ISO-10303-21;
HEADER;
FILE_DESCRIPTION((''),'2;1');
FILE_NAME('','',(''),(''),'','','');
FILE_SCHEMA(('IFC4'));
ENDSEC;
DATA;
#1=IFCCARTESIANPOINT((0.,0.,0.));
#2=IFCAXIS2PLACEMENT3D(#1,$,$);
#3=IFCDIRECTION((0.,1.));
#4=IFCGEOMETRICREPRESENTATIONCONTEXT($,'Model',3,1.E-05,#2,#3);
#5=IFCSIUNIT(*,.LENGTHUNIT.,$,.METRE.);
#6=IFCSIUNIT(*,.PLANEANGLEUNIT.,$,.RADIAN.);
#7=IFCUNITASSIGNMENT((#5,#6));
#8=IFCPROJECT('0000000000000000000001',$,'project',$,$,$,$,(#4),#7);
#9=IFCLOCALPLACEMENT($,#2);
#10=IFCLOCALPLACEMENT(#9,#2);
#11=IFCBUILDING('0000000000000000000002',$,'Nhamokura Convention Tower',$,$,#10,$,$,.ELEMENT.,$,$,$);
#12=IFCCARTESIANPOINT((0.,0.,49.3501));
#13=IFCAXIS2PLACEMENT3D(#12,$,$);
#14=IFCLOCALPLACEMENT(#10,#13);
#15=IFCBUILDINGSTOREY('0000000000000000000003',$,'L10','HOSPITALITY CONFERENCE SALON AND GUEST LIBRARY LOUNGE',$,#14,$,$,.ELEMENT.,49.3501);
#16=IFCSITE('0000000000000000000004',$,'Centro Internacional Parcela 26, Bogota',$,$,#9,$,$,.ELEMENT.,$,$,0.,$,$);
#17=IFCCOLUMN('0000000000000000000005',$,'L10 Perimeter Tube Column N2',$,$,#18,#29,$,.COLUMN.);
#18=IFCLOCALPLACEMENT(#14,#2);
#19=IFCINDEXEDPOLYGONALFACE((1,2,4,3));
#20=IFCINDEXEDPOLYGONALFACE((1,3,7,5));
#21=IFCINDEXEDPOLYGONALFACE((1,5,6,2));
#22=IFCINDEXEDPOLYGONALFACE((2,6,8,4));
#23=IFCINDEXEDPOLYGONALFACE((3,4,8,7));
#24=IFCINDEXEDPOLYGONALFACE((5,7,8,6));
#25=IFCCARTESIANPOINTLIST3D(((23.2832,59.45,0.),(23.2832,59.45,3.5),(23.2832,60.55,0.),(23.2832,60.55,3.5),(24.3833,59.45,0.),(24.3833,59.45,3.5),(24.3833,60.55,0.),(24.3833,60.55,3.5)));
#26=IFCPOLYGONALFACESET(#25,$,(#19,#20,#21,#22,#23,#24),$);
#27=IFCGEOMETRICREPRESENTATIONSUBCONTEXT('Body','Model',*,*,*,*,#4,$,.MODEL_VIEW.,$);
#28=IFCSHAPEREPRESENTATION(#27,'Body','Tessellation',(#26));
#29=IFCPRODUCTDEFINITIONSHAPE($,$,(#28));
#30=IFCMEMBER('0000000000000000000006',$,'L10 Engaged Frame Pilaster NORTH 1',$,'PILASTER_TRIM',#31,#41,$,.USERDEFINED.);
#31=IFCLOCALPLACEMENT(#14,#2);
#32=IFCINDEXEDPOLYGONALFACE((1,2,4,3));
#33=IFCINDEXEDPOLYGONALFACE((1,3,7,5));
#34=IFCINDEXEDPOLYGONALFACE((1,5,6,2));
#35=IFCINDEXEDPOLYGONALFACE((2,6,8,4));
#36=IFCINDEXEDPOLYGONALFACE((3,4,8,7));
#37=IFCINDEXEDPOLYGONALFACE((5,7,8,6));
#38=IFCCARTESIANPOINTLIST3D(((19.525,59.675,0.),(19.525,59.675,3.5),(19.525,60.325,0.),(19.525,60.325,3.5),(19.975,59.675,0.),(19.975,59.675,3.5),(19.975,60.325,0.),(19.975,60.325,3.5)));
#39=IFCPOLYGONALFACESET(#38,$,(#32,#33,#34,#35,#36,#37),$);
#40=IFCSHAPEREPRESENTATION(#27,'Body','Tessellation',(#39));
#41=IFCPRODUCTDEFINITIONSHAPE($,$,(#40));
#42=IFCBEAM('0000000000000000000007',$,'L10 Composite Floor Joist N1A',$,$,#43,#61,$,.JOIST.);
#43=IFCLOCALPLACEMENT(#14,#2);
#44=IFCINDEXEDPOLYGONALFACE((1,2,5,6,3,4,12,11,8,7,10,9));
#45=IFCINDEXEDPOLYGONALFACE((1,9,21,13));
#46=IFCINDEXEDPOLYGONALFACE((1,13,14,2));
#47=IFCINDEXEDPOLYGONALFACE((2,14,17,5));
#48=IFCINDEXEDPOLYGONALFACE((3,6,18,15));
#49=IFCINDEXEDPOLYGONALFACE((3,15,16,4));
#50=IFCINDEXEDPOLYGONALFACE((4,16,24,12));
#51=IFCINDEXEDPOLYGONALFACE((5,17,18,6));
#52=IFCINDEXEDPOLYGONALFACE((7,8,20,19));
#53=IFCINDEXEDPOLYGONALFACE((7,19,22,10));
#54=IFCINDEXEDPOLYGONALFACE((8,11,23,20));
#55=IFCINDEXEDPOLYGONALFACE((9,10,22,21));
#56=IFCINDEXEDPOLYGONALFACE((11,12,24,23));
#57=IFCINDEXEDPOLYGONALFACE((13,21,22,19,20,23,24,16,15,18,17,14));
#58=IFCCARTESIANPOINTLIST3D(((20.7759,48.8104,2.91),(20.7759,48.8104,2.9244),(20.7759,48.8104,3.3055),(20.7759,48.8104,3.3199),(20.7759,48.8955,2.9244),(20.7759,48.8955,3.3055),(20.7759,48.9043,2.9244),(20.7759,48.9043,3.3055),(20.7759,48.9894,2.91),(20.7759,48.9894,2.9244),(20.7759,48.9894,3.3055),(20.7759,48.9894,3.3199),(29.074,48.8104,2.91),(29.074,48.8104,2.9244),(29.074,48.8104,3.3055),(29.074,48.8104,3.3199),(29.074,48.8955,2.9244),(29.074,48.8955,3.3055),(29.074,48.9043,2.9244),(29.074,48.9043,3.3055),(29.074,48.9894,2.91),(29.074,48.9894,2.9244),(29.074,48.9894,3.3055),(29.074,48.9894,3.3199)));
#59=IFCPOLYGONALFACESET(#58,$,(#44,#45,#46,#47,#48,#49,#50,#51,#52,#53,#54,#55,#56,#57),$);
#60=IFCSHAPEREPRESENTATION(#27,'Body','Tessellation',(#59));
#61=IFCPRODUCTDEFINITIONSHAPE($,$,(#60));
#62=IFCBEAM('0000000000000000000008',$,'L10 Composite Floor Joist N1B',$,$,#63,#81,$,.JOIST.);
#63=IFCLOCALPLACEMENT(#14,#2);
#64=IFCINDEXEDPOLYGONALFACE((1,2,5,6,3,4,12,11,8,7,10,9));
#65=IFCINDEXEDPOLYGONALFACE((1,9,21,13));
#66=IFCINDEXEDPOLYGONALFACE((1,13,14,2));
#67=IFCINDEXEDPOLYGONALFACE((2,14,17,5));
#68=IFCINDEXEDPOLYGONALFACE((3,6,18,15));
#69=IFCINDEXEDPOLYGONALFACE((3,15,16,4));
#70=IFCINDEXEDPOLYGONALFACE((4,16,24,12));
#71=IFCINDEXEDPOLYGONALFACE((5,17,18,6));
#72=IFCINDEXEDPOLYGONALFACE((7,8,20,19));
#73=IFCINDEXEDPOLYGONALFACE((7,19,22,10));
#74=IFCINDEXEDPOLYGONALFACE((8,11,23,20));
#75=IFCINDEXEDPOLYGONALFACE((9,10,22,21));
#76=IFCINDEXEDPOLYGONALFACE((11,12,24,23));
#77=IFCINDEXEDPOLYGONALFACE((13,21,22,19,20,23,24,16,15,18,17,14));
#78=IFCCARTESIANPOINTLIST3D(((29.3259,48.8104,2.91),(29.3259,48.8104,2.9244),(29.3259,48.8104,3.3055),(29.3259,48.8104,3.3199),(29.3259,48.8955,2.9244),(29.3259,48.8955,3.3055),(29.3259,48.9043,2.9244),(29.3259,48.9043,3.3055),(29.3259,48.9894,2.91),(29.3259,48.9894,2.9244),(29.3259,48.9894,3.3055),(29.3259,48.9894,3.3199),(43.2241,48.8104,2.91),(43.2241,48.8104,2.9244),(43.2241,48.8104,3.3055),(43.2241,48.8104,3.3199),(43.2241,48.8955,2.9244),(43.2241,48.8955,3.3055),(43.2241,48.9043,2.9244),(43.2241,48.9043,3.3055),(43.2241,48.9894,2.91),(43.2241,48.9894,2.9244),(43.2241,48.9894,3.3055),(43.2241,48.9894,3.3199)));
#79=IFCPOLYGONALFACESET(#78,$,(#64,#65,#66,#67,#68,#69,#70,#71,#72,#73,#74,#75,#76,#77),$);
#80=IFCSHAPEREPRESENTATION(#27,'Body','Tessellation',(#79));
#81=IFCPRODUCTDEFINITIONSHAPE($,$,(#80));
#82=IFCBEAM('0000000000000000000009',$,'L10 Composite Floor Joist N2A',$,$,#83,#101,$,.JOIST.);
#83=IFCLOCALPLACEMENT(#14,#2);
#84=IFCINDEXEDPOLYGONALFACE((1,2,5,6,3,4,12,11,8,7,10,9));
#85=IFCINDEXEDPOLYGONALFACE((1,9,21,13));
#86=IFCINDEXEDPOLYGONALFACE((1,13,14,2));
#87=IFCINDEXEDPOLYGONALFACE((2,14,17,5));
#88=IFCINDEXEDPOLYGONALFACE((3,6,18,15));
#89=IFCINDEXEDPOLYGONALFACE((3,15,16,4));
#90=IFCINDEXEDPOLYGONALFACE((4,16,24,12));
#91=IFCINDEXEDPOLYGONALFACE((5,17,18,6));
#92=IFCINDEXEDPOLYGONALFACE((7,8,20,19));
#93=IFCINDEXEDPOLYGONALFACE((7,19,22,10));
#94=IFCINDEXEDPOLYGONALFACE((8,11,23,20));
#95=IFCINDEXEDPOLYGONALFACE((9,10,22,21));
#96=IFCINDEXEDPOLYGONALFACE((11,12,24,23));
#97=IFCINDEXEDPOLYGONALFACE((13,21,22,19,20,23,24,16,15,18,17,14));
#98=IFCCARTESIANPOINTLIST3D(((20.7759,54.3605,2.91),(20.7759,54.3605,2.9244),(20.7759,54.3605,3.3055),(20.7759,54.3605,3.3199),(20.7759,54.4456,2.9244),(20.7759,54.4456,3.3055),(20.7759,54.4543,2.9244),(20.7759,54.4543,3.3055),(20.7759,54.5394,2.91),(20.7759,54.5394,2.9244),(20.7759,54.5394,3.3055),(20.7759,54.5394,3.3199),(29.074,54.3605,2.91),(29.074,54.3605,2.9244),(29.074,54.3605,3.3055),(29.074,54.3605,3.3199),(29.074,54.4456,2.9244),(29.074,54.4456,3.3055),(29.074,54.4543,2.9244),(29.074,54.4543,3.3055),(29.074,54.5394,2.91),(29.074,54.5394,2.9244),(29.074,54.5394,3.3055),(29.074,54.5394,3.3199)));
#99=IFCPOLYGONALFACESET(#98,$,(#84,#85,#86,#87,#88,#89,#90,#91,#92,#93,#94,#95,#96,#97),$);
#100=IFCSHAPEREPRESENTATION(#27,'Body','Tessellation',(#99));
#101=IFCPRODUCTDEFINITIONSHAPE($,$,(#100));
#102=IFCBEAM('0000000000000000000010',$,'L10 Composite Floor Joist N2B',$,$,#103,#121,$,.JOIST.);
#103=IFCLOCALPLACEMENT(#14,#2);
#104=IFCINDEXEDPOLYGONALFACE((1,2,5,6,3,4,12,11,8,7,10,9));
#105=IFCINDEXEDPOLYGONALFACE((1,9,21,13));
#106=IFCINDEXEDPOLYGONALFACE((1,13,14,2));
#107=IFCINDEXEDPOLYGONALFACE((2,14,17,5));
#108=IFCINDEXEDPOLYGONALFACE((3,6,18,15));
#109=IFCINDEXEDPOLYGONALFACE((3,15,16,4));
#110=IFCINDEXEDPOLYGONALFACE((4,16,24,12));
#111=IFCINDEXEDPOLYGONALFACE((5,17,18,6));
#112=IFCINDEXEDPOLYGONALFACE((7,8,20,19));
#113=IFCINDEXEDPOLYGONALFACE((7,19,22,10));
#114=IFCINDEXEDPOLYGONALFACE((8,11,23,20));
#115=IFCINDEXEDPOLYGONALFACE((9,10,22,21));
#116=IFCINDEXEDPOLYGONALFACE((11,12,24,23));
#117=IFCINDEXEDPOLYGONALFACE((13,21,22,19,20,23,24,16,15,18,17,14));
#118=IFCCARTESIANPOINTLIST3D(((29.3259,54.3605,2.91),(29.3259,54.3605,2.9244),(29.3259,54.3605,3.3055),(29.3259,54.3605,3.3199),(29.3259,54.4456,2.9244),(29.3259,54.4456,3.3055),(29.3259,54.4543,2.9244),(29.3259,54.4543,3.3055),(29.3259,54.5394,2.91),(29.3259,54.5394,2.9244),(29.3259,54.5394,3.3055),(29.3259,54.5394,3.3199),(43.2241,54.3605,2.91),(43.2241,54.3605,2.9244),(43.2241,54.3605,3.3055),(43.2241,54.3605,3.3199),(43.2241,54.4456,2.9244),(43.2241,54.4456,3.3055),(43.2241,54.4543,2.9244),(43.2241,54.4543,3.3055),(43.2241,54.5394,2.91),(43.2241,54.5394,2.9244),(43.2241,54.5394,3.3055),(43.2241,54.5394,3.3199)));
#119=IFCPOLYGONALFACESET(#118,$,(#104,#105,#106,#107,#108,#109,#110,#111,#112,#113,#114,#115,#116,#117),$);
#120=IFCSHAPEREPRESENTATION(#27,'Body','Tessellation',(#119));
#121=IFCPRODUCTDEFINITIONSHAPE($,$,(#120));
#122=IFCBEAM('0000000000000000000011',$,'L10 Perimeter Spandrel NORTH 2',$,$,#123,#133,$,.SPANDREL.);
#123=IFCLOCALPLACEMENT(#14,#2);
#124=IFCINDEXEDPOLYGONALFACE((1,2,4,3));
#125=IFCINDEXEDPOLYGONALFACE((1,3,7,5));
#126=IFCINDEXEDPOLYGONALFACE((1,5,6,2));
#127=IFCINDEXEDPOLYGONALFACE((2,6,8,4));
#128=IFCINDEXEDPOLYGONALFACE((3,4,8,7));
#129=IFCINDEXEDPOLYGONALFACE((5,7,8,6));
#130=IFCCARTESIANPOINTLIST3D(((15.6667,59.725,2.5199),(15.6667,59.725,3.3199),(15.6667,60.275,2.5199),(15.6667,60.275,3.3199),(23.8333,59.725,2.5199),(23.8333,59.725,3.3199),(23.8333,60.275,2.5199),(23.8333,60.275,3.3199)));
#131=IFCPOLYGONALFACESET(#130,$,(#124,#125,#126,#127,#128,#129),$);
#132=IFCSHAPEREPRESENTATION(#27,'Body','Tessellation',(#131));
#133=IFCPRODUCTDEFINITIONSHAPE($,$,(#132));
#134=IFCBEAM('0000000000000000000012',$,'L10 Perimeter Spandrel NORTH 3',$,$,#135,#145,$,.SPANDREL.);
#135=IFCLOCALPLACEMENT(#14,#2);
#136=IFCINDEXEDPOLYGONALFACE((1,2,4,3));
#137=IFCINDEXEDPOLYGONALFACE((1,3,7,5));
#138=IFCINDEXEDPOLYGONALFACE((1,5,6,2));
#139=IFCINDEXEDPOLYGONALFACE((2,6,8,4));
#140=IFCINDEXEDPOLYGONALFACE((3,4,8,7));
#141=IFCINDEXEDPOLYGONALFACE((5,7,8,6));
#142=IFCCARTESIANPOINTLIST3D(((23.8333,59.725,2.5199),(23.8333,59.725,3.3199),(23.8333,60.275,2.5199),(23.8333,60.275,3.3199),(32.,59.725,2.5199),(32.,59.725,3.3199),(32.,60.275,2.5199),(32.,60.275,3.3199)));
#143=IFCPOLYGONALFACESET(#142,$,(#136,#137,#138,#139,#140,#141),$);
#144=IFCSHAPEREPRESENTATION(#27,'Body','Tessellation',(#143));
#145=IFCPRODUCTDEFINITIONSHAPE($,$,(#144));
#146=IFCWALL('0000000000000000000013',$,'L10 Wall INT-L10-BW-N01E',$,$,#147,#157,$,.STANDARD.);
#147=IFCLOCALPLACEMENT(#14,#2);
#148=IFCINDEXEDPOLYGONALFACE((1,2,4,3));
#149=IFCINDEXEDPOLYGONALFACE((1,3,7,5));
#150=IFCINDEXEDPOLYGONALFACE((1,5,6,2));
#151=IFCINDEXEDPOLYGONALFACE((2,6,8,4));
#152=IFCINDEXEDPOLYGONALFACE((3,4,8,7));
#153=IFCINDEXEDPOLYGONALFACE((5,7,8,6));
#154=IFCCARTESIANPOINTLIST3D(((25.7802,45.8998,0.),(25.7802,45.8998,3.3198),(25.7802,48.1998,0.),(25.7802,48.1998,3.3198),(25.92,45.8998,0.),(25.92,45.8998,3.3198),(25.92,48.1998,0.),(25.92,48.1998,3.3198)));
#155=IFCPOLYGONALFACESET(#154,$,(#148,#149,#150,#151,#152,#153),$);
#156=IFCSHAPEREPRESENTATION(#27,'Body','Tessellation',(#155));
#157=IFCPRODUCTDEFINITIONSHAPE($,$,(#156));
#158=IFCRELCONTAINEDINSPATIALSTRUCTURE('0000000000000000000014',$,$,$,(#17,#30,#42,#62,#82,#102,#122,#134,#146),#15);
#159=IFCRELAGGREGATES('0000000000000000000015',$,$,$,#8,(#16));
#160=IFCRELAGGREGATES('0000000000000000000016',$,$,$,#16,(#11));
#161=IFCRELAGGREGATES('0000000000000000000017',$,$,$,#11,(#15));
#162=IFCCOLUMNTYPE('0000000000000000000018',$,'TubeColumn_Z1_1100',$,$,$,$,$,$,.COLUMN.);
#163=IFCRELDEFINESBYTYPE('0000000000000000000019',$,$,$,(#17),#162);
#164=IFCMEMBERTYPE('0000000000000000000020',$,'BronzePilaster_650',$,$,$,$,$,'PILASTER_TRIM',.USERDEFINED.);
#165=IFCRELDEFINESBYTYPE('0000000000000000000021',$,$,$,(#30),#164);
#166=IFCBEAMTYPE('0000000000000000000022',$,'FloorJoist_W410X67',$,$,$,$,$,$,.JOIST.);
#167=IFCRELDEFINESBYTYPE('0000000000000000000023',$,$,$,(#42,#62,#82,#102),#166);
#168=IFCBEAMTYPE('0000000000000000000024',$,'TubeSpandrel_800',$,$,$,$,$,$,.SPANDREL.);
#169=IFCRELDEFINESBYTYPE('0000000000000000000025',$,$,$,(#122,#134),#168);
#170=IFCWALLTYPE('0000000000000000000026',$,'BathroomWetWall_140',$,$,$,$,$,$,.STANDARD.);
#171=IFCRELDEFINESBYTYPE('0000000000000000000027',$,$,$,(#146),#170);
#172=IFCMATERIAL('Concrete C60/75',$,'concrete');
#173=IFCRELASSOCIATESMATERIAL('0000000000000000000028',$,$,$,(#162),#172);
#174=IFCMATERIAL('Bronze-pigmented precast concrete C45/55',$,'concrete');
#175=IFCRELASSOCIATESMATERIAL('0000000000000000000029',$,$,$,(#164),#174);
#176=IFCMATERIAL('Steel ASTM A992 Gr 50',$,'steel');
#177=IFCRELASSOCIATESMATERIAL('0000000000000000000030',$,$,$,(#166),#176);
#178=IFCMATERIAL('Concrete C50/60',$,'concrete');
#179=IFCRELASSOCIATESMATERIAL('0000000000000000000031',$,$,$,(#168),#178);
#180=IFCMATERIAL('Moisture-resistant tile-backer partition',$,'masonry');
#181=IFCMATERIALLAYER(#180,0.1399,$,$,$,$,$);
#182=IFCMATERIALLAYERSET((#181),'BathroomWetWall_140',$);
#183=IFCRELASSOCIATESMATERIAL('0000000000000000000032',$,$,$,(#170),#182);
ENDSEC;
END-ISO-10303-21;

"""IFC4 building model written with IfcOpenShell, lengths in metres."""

from ifc_helpers import new_model, si_unit, direction, frame, frame_2d, origin, origin_2d, place, context, subcontext, project, spatial, rectangle, i_section, extrude, material, layer, layer_set, material_profile, profile_set, type_object, element, save


model = new_model("IFC4")

# Units and contexts
model_context = context("Model", 3, precision=1e-05, world=origin(), true_north=direction((0.0, 1.0)))
body_context = subcontext(model_context, "Body", "Model", "MODEL_VIEW")
ifc_project = project(units=[si_unit("LENGTHUNIT", "METRE"), si_unit("PLANEANGLEUNIT", "RADIAN")], contexts=[model_context])

# Site, building, storey
site_placement = place(None, origin())
site = spatial("IfcSite", under=ifc_project, at=site_placement, Name="Centro Internacional Parcela 26, Bogota", CompositionType="ELEMENT", RefElevation=0.0)
building_placement = place(site_placement, origin())
building = spatial("IfcBuilding", under=site, at=building_placement, Name="Nhamokura Convention Tower", CompositionType="ELEMENT")
storey_placement = place(building_placement, frame((0.0, 0.0, 49.3501)))
storey = spatial("IfcBuildingStorey", under=building, at=storey_placement, Name="L10", Description="HOSPITALITY CONFERENCE SALON AND GUEST LIBRARY LOUNGE", CompositionType="ELEMENT", Elevation=49.3501)

# Column
ifc_material_1 = material(Name="Concrete C60/75", Category="concrete")
ifc_material_profile_1 = material_profile(ifc_material_1, rectangle(XDim=1.1001, YDim=1.1001, at=origin_2d()))
ifc_profile_set_1 = profile_set([ifc_material_profile_1], Name="Concrete C60/75")
column_type = type_object("IfcColumnType", Name="TubeColumn_Z1_1100", PredefinedType="COLUMN", material=ifc_profile_set_1)
column_placement = place(storey_placement, frame((23.8333, 60.0, 0.0), z_axis=(0.0, 0.0, 1.0), x_axis=(1.0, 0.0, 0.0)))
element("IfcColumn", 1, at=column_placement, inside=storey, type_object=column_type, Name="L10 Perimeter Tube Column N2", PredefinedType="COLUMN", context=body_context, shape_type="SweptSolid", body=[
    extrude(rectangle(XDim=1.1001, YDim=1.1001, at=origin_2d()), origin(), (0.0, 0.0, 1.0), 3.5),
])

# Member
ifc_material_2 = material(Name="Bronze-pigmented precast concrete C45/55", Category="concrete")
ifc_material_profile_2 = material_profile(ifc_material_2, rectangle(XDim=0.45, YDim=0.6499, at=origin_2d()))
ifc_profile_set_2 = profile_set([ifc_material_profile_2], Name="Bronze-pigmented precast concrete C45/55")
member_type = type_object("IfcMemberType", Name="BronzePilaster_650", ElementType="PILASTER_TRIM", PredefinedType="USERDEFINED", material=ifc_profile_set_2)
member_placement = place(storey_placement, frame((19.75, 60.0, 0.0), z_axis=(0.0, 0.0, 1.0), x_axis=(1.0, 0.0, 0.0)))
element("IfcMember", 2, at=member_placement, inside=storey, type_object=member_type, Name="L10 Engaged Frame Pilaster NORTH 1", ObjectType="PILASTER_TRIM", PredefinedType="USERDEFINED", context=body_context, shape_type="SweptSolid", body=[
    extrude(rectangle(XDim=0.45, YDim=0.6499, at=origin_2d()), origin(), (0.0, 0.0, 1.0), 3.5),
])

# Beams
ifc_material_3 = material(Name="Steel ASTM A992 Gr 50", Category="steel")
ifc_material_profile_3 = material_profile(ifc_material_3, i_section(OverallWidth=0.179, OverallDepth=0.4099, WebThickness=0.0088, FlangeThickness=0.0144, at=origin_2d()))
ifc_profile_set_3 = profile_set([ifc_material_profile_3], Name="Steel ASTM A992 Gr 50")
beam_type_1 = type_object("IfcBeamType", Name="FloorJoist_W410X67", PredefinedType="JOIST", material=ifc_profile_set_3)
beam_1_placement = place(storey_placement, frame((20.7759, 48.8999, 3.115), z_axis=(1.0, 0.0, 0.0), x_axis=(0.0, 1.0, 0.0)))
element("IfcBeam", 3, at=beam_1_placement, inside=storey, type_object=beam_type_1, Name="L10 Composite Floor Joist N1A", PredefinedType="JOIST", context=body_context, shape_type="SweptSolid", body=[
    extrude(i_section(OverallWidth=0.179, OverallDepth=0.4099, WebThickness=0.0088, FlangeThickness=0.0144, at=origin_2d()), origin(), (0.0, 0.0, 1.0), 8.2981),
])
beam_2_placement = place(storey_placement, frame((29.3259, 48.8999, 3.115), z_axis=(1.0, 0.0, 0.0), x_axis=(0.0, 1.0, 0.0)))
element("IfcBeam", 4, at=beam_2_placement, inside=storey, type_object=beam_type_1, Name="L10 Composite Floor Joist N1B", PredefinedType="JOIST", context=body_context, shape_type="SweptSolid", body=[
    extrude(i_section(OverallWidth=0.179, OverallDepth=0.4099, WebThickness=0.0088, FlangeThickness=0.0144, at=origin_2d()), origin(), (0.0, 0.0, 1.0), 13.8982),
])
beam_3_placement = place(storey_placement, frame((20.7759, 54.45, 3.115), z_axis=(1.0, 0.0, 0.0), x_axis=(0.0, 1.0, 0.0)))
element("IfcBeam", 5, at=beam_3_placement, inside=storey, type_object=beam_type_1, Name="L10 Composite Floor Joist N2A", PredefinedType="JOIST", context=body_context, shape_type="SweptSolid", body=[
    extrude(i_section(OverallWidth=0.179, OverallDepth=0.4099, WebThickness=0.0088, FlangeThickness=0.0144, at=origin_2d()), origin(), (0.0, 0.0, 1.0), 8.2981),
])
beam_4_placement = place(storey_placement, frame((29.3259, 54.45, 3.115), z_axis=(1.0, 0.0, 0.0), x_axis=(0.0, 1.0, 0.0)))
element("IfcBeam", 6, at=beam_4_placement, inside=storey, type_object=beam_type_1, Name="L10 Composite Floor Joist N2B", PredefinedType="JOIST", context=body_context, shape_type="SweptSolid", body=[
    extrude(i_section(OverallWidth=0.179, OverallDepth=0.4099, WebThickness=0.0088, FlangeThickness=0.0144, at=origin_2d()), origin(), (0.0, 0.0, 1.0), 13.8982),
])
ifc_material_4 = material(Name="Concrete C50/60", Category="concrete")
ifc_material_profile_4 = material_profile(ifc_material_4, rectangle(XDim=0.55, YDim=0.8, at=origin_2d()))
ifc_profile_set_4 = profile_set([ifc_material_profile_4], Name="Concrete C50/60")
beam_type_2 = type_object("IfcBeamType", Name="TubeSpandrel_800", PredefinedType="SPANDREL", material=ifc_profile_set_4)
beam_5_placement = place(storey_placement, frame((15.6667, 60.0, 2.9199), z_axis=(1.0, 0.0, 0.0), x_axis=(0.0, 1.0, 0.0)))
element("IfcBeam", 7, at=beam_5_placement, inside=storey, type_object=beam_type_2, Name="L10 Perimeter Spandrel NORTH 2", PredefinedType="SPANDREL", context=body_context, shape_type="SweptSolid", body=[
    extrude(rectangle(XDim=0.55, YDim=0.8, at=origin_2d()), origin(), (0.0, 0.0, 1.0), 8.1665),
])
beam_6_placement = place(storey_placement, frame((23.8333, 60.0, 2.9199), z_axis=(1.0, 0.0, 0.0), x_axis=(0.0, 1.0, 0.0)))
element("IfcBeam", 8, at=beam_6_placement, inside=storey, type_object=beam_type_2, Name="L10 Perimeter Spandrel NORTH 3", PredefinedType="SPANDREL", context=body_context, shape_type="SweptSolid", body=[
    extrude(rectangle(XDim=0.55, YDim=0.8, at=origin_2d()), origin(), (0.0, 0.0, 1.0), 8.1667),
])

# Wall
ifc_material_5 = material(Name="Moisture-resistant tile-backer partition", Category="masonry")
ifc_layer_1 = layer(ifc_material_5, 0.1399)
ifc_layer_set_1 = layer_set([ifc_layer_1], Name="BathroomWetWall_140")
wall_type_1 = type_object("IfcWallType", Name="BathroomWetWall_140", PredefinedType="STANDARD", material=ifc_layer_set_1)
wall_1_placement = place(storey_placement, frame((25.8501, 45.8999, 0.0), z_axis=(0.0, 0.0, 1.0), x_axis=(0.0, 1.0, 0.0)))
element("IfcWall", 9, at=wall_1_placement, inside=storey, type_object=wall_type_1, Name="L10 Wall INT-L10-BW-N01E", PredefinedType="STANDARD", context=body_context, shape_type="SweptSolid", body=[
    extrude(rectangle(XDim=2.3, YDim=0.1399, at=frame_2d((1.1499, 0.0))), origin(), (0.0, 0.0, 1.0), 3.3198),
])

save(model, "model.ifc")
